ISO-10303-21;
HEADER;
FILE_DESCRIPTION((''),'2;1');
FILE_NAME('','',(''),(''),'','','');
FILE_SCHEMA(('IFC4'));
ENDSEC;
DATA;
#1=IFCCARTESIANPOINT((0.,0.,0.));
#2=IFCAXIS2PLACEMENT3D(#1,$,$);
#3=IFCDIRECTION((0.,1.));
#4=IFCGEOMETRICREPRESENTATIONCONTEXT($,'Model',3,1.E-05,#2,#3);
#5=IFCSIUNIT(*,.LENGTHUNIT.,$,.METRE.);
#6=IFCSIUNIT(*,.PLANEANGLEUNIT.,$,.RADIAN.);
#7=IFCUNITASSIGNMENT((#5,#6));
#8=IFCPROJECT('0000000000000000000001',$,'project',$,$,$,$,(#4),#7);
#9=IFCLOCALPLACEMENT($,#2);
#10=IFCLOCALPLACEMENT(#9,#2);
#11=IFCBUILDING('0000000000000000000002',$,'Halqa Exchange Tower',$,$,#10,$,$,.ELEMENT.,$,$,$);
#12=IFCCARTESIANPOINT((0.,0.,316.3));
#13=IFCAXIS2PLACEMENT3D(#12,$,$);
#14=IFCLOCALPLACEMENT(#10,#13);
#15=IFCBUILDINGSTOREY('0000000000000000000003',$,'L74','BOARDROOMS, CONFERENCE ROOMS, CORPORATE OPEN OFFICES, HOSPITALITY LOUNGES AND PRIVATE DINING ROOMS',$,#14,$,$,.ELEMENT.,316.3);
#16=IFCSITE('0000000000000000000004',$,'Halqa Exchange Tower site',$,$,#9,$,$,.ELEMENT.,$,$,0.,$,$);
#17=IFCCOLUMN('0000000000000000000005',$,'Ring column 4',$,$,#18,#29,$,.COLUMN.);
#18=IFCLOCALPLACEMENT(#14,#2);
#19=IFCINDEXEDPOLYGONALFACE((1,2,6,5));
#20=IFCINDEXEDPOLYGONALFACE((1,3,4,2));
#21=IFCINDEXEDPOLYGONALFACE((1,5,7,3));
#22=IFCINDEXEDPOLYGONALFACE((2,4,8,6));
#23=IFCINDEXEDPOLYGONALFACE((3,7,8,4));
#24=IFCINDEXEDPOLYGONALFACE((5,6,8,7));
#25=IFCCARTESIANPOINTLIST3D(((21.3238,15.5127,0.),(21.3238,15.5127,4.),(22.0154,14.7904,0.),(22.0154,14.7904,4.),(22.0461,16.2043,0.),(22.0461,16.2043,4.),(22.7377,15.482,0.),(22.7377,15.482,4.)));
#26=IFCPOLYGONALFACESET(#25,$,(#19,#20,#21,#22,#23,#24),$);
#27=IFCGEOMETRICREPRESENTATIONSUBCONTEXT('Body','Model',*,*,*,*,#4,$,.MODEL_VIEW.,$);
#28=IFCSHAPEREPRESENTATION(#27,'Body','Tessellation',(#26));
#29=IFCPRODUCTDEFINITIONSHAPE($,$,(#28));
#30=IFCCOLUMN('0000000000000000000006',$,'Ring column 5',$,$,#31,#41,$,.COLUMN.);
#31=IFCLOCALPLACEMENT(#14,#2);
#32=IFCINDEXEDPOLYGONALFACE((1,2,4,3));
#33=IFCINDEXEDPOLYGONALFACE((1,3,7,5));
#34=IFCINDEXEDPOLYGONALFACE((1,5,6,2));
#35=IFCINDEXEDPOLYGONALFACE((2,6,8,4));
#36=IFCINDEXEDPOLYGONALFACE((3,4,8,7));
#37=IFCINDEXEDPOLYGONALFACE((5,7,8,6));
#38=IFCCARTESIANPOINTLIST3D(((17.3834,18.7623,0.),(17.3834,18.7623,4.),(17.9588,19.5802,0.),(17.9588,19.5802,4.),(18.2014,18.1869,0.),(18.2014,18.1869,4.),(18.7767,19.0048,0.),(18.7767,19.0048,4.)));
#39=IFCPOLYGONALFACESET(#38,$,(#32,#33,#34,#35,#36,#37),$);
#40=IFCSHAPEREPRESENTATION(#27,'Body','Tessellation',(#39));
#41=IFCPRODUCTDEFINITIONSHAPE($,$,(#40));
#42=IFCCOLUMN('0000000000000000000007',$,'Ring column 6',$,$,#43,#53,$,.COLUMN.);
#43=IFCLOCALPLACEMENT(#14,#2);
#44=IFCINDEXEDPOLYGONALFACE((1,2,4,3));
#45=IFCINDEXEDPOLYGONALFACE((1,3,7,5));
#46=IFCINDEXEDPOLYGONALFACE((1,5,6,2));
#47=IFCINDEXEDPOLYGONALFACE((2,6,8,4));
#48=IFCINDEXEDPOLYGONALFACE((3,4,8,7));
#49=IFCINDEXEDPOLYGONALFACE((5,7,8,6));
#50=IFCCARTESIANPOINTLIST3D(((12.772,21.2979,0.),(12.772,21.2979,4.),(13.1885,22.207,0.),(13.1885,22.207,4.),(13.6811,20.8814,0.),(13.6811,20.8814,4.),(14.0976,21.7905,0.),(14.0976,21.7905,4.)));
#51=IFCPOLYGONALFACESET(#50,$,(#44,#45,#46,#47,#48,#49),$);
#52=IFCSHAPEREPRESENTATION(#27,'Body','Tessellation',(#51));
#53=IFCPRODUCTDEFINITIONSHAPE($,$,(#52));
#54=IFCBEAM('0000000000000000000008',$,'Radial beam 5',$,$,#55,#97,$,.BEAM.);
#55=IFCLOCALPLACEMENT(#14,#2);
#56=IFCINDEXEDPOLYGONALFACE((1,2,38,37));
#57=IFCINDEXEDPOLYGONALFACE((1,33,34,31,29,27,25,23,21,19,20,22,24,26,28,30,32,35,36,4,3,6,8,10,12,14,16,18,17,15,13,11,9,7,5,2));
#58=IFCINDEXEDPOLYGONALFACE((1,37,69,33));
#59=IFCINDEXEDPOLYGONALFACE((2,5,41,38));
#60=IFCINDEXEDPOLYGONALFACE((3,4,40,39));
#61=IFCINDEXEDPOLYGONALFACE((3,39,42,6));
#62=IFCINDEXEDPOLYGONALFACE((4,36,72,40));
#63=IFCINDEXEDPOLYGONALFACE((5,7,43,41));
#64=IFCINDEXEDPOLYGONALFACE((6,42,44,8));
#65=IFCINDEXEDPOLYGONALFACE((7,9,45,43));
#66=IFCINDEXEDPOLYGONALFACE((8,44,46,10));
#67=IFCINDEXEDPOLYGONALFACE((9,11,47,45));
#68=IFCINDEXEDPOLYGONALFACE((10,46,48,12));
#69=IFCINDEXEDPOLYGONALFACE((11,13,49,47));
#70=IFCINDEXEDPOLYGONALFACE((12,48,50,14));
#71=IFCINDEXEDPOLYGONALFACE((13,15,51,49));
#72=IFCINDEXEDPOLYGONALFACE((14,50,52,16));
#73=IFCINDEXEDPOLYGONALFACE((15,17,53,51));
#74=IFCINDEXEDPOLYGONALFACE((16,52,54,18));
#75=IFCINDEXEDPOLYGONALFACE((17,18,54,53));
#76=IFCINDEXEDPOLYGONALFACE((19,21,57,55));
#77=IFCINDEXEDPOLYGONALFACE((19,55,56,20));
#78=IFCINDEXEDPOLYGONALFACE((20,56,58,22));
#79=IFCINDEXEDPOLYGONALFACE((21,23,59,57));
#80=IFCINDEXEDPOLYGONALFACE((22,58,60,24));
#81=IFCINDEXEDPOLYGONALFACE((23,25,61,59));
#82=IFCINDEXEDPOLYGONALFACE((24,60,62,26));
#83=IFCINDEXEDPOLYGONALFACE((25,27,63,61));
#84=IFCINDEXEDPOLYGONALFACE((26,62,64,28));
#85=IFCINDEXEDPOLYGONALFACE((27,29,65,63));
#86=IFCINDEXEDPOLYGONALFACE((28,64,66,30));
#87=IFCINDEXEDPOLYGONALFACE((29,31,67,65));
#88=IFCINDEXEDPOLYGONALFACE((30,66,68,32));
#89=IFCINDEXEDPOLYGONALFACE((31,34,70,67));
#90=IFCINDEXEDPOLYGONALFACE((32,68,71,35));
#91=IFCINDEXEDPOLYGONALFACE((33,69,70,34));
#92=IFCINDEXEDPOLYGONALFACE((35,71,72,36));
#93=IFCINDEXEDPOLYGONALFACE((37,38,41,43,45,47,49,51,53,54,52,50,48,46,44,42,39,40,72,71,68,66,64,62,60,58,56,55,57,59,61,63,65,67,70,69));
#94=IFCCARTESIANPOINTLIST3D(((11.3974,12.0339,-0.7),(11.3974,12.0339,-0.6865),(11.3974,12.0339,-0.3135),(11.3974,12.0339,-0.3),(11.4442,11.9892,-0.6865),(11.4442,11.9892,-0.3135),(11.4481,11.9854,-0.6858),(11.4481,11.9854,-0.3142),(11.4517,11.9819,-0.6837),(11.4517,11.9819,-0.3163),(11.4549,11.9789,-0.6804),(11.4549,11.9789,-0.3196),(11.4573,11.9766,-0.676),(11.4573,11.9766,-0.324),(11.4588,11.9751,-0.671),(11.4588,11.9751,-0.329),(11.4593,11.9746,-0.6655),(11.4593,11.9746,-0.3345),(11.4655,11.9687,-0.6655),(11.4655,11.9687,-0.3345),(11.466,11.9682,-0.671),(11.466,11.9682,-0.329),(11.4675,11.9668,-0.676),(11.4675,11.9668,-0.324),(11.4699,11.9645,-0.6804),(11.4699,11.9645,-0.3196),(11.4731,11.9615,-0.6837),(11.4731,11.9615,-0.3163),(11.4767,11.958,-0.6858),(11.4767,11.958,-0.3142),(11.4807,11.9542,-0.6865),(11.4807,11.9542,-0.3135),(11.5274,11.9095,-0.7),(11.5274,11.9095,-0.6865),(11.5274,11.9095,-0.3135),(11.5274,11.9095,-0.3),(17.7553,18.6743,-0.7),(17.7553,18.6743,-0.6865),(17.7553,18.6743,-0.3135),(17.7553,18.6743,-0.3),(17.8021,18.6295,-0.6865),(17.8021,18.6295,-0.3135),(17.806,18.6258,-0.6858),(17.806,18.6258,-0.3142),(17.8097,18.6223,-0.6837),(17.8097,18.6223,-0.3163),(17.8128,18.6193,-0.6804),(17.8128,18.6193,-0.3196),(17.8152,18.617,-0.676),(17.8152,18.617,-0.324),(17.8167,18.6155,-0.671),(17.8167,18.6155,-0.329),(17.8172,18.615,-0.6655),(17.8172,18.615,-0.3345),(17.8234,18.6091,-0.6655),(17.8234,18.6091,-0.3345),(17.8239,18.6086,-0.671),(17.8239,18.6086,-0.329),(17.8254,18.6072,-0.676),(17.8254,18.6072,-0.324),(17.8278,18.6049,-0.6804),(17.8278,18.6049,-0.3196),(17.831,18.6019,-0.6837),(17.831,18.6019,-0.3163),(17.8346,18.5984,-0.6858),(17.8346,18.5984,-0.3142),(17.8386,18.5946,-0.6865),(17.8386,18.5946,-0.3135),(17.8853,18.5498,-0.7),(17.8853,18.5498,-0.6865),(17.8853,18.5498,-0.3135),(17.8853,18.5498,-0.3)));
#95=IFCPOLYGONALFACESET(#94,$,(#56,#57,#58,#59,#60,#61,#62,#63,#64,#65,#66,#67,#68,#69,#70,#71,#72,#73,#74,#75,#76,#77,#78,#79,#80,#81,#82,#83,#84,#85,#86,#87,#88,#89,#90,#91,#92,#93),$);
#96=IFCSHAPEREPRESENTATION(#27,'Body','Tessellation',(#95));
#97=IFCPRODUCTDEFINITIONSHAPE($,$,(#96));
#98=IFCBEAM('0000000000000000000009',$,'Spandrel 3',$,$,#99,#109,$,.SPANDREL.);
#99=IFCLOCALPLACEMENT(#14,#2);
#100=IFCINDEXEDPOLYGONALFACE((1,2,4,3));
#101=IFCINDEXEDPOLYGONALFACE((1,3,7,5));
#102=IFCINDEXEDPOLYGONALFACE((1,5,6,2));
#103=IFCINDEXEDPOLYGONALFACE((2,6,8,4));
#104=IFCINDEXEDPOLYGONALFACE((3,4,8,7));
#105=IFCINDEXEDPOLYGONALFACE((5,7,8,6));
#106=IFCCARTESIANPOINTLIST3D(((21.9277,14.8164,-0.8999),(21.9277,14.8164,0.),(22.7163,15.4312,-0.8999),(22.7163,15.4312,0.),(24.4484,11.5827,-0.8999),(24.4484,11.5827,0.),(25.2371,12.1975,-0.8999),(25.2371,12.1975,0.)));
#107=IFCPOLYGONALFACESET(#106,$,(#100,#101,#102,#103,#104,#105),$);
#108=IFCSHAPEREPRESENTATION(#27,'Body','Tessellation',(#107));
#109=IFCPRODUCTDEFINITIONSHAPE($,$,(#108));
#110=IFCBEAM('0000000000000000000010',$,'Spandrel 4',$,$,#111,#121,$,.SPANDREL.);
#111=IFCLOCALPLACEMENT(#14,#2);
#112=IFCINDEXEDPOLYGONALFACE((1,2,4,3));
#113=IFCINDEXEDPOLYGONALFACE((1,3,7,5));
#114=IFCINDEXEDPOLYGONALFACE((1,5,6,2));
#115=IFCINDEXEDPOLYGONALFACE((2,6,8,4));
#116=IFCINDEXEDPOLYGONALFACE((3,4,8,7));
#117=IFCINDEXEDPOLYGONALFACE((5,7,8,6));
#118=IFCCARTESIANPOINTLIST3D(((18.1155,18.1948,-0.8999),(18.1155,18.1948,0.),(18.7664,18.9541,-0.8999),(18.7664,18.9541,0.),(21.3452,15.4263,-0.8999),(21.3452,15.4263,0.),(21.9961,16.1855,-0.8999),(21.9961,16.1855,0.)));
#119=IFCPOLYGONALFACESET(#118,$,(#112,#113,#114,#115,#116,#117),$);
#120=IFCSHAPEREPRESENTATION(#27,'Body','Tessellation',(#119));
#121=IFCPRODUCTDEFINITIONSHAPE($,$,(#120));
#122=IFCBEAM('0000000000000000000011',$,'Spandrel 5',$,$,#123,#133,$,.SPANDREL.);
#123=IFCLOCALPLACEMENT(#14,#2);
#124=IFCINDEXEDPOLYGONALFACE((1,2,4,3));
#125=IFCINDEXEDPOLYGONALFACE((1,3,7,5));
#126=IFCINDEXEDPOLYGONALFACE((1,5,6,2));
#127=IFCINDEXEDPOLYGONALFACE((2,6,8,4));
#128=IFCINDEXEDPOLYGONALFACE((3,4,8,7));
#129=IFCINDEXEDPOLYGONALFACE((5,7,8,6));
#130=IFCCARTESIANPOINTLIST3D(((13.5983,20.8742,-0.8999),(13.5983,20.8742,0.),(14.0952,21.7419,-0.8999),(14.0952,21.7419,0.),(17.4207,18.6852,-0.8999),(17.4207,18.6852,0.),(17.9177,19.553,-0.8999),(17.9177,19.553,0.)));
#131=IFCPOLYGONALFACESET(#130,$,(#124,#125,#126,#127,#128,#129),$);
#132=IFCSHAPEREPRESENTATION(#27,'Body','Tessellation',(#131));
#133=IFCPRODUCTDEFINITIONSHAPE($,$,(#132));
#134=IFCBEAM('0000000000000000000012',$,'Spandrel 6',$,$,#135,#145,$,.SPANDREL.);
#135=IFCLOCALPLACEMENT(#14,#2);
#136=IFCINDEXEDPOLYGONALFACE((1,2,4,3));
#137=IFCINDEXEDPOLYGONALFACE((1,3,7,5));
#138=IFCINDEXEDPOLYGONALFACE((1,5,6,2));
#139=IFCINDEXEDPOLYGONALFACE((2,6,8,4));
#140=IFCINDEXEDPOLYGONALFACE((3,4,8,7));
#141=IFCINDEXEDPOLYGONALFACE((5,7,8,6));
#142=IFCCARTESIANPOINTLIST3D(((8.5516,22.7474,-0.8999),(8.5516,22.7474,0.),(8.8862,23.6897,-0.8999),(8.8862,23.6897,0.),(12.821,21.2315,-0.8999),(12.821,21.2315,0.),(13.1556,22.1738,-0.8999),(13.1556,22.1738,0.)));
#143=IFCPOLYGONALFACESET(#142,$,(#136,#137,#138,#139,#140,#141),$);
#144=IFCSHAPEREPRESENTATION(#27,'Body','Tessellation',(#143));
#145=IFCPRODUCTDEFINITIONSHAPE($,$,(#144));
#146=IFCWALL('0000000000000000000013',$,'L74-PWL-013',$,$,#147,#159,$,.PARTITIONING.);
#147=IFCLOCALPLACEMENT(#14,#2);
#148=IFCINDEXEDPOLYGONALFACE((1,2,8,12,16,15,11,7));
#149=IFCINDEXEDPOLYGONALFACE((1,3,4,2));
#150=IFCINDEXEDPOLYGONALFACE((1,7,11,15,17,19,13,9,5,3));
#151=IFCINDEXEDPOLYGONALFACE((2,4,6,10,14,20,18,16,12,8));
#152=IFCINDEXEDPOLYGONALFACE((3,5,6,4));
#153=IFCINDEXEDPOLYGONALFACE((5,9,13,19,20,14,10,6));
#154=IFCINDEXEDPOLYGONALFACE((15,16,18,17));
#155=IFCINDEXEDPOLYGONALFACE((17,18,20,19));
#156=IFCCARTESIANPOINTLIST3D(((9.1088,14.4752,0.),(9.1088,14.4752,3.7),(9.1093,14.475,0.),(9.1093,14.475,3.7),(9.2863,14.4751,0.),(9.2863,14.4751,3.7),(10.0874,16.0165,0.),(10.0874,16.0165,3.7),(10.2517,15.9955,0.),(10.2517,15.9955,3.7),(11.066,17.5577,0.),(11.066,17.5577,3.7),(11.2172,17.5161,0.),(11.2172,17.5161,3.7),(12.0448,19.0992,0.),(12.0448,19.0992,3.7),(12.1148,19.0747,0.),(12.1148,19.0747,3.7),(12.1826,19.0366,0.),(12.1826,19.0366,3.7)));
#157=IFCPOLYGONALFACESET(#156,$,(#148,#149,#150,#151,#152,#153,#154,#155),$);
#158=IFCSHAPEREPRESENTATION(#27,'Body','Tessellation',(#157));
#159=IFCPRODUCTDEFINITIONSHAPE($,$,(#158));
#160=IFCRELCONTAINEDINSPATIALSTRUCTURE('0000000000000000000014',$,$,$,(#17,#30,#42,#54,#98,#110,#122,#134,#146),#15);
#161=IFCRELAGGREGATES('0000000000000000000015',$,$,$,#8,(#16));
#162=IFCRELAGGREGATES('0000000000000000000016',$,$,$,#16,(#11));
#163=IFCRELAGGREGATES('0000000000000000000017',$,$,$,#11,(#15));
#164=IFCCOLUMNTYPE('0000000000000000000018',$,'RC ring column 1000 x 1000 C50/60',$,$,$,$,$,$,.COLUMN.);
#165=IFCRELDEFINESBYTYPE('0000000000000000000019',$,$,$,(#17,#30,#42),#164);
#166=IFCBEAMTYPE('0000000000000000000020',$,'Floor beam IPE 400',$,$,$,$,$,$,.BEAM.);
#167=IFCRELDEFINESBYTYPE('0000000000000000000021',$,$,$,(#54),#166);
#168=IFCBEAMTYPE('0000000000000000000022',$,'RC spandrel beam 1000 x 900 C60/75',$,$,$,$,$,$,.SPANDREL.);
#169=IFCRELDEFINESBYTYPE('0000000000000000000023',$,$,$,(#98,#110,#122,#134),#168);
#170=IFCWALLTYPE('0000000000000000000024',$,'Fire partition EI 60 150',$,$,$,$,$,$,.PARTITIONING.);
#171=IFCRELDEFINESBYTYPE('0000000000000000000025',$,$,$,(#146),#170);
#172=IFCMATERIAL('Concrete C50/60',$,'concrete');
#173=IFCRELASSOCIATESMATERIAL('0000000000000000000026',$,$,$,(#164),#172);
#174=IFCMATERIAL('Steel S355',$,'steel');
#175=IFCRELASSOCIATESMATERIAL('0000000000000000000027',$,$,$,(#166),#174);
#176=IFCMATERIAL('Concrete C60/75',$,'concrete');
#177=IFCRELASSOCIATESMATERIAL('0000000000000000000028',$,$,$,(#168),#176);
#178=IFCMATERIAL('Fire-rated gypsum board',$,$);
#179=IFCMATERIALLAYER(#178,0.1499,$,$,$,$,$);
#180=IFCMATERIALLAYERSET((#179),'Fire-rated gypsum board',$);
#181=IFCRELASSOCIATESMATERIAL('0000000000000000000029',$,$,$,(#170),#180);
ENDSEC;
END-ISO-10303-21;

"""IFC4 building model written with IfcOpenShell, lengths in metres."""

from ifc_helpers import new_model, si_unit, direction, frame, origin, origin_2d, place, context, subcontext, project, spatial, polyline, rectangle, i_section, outline, extrude, material, layer, layer_set, material_profile, profile_set, type_object, element, save


model = new_model("IFC4")

# Units and contexts
model_context = context("Model", 3, precision=1e-05, world=origin(), true_north=direction((0.0, 1.0)))
body_context = subcontext(model_context, "Body", "Model", "MODEL_VIEW")
ifc_project = project(units=[si_unit("LENGTHUNIT", "METRE"), si_unit("PLANEANGLEUNIT", "RADIAN")], contexts=[model_context])

# Site, building, storey
site_placement = place(None, origin())
site = spatial("IfcSite", under=ifc_project, at=site_placement, Name="Halqa Exchange Tower site", CompositionType="ELEMENT", RefElevation=0.0)
building_placement = place(site_placement, origin())
building = spatial("IfcBuilding", under=site, at=building_placement, Name="Halqa Exchange Tower", CompositionType="ELEMENT")
storey_placement = place(building_placement, frame((0.0, 0.0, 316.3)))
storey = spatial("IfcBuildingStorey", under=building, at=storey_placement, Name="L74", Description="BOARDROOMS, CONFERENCE ROOMS, CORPORATE OPEN OFFICES, HOSPITALITY LOUNGES AND PRIVATE DINING ROOMS", CompositionType="ELEMENT", Elevation=316.3)

# Columns
ifc_material_1 = material(Name="Concrete C50/60", Category="concrete")
ifc_material_profile_1 = material_profile(ifc_material_1, rectangle(XDim=1.0, YDim=1.0, at=origin_2d()), Name="1000 x 1000")
ifc_profile_set_1 = profile_set([ifc_material_profile_1], Name="Concrete C50/60")
column_type = type_object("IfcColumnType", Name="RC ring column 1000 x 1000 C50/60", PredefinedType="COLUMN", material=ifc_profile_set_1)
for number, where, z_axis, x_axis, name in (
    (1, (22.0308, 15.4973, 0.0), (0.0, 0.0, 1.0), (-0.691579, 0.722301, 0.0), "Ring column 4"),
    (2, (18.0801, 18.8835, 0.0), (0.0, 0.0, 1.0), (-0.817907, 0.575351, 0.0), "Ring column 5"),
    (3, (13.4348, 21.5442, 0.0), (0.0, 0.0, 1.0), (-0.909129, 0.416516, 0.0), "Ring column 6"),
):
    element("IfcColumn", number, at=place(storey_placement, frame(where, z_axis=z_axis, x_axis=x_axis)), inside=storey, type_object=column_type, Name=name, PredefinedType="COLUMN", context=body_context, shape_type="SweptSolid", body=[
        extrude(rectangle(XDim=1.0, YDim=1.0, at=origin_2d()), origin(), (0.0, 0.0, 1.0), 4.0),
    ])

# Beams
ifc_material_2 = material(Name="Steel S355", Category="steel")
ifc_material_profile_2 = material_profile(ifc_material_2, i_section(OverallWidth=0.1799, OverallDepth=0.3999, WebThickness=0.0085, FlangeThickness=0.0134, FilletRadius=0.021, at=origin_2d()), Name="IPE 400")
ifc_profile_set_2 = profile_set([ifc_material_profile_2], Name="Steel S355")
beam_type_1 = type_object("IfcBeamType", Name="Floor beam IPE 400", PredefinedType="BEAM", material=ifc_profile_set_2)
beam_1_placement = place(storey_placement, frame((11.4624, 11.9717, -0.5), z_axis=(0.691577, 0.722303, 0.0), x_axis=(-0.722303, 0.691577, 0.0)))
element("IfcBeam", 4, at=beam_1_placement, inside=storey, type_object=beam_type_1, Name="Radial beam 5", PredefinedType="BEAM", context=body_context, shape_type="SweptSolid", body=[
    extrude(i_section(OverallWidth=0.1799, OverallDepth=0.3999, WebThickness=0.0085, FlangeThickness=0.0134, FilletRadius=0.021, at=origin_2d()), origin(), (0.0, 0.0, 1.0), 9.1934),
])
ifc_material_3 = material(Name="Concrete C60/75", Category="concrete")
ifc_material_profile_3 = material_profile(ifc_material_3, rectangle(XDim=1.0, YDim=0.8999, at=origin_2d()), Name="1000 x 900")
ifc_profile_set_3 = profile_set([ifc_material_profile_3], Name="Concrete C60/75")
beam_type_2 = type_object("IfcBeamType", Name="RC spandrel beam 1000 x 900 C60/75", PredefinedType="SPANDREL", material=ifc_profile_set_3)
beam_2_placement = place(storey_placement, frame((24.8428, 11.8901, -0.45), z_axis=(-0.614806, 0.788678, 0.0), x_axis=(-0.788678, -0.614806, 0.0)))
element("IfcBeam", 5, at=beam_2_placement, inside=storey, type_object=beam_type_2, Name="Spandrel 3", PredefinedType="SPANDREL", context=body_context, shape_type="SweptSolid", body=[
    extrude(rectangle(XDim=1.0, YDim=0.8999, at=origin_2d()), origin(), (0.0, 0.0, 1.0), 4.1001),
])
beam_3_placement = place(storey_placement, frame((21.6707, 15.8059, -0.45), z_axis=(-0.759232, 0.65082, 0.0), x_axis=(-0.65082, -0.759232, 0.0)))
element("IfcBeam", 6, at=beam_3_placement, inside=storey, type_object=beam_type_2, Name="Spandrel 4", PredefinedType="SPANDREL", context=body_context, shape_type="SweptSolid", body=[
    extrude(rectangle(XDim=1.0, YDim=0.8999, at=origin_2d()), origin(), (0.0, 0.0, 1.0), 4.2539),
])
beam_4_placement = place(storey_placement, frame((17.6692, 19.1191, -0.45), z_axis=(-0.867786, 0.496939, 0.0), x_axis=(-0.496939, -0.867786, 0.0)))
element("IfcBeam", 7, at=beam_4_placement, inside=storey, type_object=beam_type_2, Name="Spandrel 5", PredefinedType="SPANDREL", context=body_context, shape_type="SweptSolid", body=[
    extrude(rectangle(XDim=1.0, YDim=0.8999, at=origin_2d()), origin(), (0.0, 0.0, 1.0), 4.4048),
])
beam_5_placement = place(storey_placement, frame((12.9883, 21.7026, -0.45), z_axis=(-0.942361, 0.334598, 0.0), x_axis=(-0.334598, -0.942361, 0.0)))
element("IfcBeam", 8, at=beam_5_placement, inside=storey, type_object=beam_type_2, Name="Spandrel 6", PredefinedType="SPANDREL", context=body_context, shape_type="SweptSolid", body=[
    extrude(rectangle(XDim=1.0, YDim=0.8999, at=origin_2d()), origin(), (0.0, 0.0, 1.0), 4.5305),
])

# Wall
ifc_material_4 = material(Name="Fire-rated gypsum board")
ifc_layer_1 = layer(ifc_material_4, 0.1499)
ifc_layer_set_1 = layer_set([ifc_layer_1], Name="Fire-rated gypsum board")
wall_type_1 = type_object("IfcWallType", Name="Fire partition EI 60 150", PredefinedType="PARTITIONING", material=ifc_layer_set_1)
wall_1_placement = place(storey_placement, frame((9.1721, 14.4351, 0.0), z_axis=(0.0, 0.0, 1.0), x_axis=(0.536016, 0.844208, 0.0)))
element("IfcWall", 9, at=wall_1_placement, inside=storey, type_object=wall_type_1, Name="L74-PWL-013", PredefinedType="PARTITIONING", context=body_context, shape_type="SweptSolid", body=[
    extrude(outline(polyline([(0.095, -0.075), (1.896, -0.075), (3.6973, -0.075), (5.4983, -0.075), (5.4941, 0.0027), (5.4773, 0.075), (3.6514, 0.075), (1.8257, 0.075), (0.0, 0.075), (0.0, 0.0745), (0.095, -0.075)])), origin(), (0.0, 0.0, 1.0), 3.7),
])

save(model, "model.ifc")
